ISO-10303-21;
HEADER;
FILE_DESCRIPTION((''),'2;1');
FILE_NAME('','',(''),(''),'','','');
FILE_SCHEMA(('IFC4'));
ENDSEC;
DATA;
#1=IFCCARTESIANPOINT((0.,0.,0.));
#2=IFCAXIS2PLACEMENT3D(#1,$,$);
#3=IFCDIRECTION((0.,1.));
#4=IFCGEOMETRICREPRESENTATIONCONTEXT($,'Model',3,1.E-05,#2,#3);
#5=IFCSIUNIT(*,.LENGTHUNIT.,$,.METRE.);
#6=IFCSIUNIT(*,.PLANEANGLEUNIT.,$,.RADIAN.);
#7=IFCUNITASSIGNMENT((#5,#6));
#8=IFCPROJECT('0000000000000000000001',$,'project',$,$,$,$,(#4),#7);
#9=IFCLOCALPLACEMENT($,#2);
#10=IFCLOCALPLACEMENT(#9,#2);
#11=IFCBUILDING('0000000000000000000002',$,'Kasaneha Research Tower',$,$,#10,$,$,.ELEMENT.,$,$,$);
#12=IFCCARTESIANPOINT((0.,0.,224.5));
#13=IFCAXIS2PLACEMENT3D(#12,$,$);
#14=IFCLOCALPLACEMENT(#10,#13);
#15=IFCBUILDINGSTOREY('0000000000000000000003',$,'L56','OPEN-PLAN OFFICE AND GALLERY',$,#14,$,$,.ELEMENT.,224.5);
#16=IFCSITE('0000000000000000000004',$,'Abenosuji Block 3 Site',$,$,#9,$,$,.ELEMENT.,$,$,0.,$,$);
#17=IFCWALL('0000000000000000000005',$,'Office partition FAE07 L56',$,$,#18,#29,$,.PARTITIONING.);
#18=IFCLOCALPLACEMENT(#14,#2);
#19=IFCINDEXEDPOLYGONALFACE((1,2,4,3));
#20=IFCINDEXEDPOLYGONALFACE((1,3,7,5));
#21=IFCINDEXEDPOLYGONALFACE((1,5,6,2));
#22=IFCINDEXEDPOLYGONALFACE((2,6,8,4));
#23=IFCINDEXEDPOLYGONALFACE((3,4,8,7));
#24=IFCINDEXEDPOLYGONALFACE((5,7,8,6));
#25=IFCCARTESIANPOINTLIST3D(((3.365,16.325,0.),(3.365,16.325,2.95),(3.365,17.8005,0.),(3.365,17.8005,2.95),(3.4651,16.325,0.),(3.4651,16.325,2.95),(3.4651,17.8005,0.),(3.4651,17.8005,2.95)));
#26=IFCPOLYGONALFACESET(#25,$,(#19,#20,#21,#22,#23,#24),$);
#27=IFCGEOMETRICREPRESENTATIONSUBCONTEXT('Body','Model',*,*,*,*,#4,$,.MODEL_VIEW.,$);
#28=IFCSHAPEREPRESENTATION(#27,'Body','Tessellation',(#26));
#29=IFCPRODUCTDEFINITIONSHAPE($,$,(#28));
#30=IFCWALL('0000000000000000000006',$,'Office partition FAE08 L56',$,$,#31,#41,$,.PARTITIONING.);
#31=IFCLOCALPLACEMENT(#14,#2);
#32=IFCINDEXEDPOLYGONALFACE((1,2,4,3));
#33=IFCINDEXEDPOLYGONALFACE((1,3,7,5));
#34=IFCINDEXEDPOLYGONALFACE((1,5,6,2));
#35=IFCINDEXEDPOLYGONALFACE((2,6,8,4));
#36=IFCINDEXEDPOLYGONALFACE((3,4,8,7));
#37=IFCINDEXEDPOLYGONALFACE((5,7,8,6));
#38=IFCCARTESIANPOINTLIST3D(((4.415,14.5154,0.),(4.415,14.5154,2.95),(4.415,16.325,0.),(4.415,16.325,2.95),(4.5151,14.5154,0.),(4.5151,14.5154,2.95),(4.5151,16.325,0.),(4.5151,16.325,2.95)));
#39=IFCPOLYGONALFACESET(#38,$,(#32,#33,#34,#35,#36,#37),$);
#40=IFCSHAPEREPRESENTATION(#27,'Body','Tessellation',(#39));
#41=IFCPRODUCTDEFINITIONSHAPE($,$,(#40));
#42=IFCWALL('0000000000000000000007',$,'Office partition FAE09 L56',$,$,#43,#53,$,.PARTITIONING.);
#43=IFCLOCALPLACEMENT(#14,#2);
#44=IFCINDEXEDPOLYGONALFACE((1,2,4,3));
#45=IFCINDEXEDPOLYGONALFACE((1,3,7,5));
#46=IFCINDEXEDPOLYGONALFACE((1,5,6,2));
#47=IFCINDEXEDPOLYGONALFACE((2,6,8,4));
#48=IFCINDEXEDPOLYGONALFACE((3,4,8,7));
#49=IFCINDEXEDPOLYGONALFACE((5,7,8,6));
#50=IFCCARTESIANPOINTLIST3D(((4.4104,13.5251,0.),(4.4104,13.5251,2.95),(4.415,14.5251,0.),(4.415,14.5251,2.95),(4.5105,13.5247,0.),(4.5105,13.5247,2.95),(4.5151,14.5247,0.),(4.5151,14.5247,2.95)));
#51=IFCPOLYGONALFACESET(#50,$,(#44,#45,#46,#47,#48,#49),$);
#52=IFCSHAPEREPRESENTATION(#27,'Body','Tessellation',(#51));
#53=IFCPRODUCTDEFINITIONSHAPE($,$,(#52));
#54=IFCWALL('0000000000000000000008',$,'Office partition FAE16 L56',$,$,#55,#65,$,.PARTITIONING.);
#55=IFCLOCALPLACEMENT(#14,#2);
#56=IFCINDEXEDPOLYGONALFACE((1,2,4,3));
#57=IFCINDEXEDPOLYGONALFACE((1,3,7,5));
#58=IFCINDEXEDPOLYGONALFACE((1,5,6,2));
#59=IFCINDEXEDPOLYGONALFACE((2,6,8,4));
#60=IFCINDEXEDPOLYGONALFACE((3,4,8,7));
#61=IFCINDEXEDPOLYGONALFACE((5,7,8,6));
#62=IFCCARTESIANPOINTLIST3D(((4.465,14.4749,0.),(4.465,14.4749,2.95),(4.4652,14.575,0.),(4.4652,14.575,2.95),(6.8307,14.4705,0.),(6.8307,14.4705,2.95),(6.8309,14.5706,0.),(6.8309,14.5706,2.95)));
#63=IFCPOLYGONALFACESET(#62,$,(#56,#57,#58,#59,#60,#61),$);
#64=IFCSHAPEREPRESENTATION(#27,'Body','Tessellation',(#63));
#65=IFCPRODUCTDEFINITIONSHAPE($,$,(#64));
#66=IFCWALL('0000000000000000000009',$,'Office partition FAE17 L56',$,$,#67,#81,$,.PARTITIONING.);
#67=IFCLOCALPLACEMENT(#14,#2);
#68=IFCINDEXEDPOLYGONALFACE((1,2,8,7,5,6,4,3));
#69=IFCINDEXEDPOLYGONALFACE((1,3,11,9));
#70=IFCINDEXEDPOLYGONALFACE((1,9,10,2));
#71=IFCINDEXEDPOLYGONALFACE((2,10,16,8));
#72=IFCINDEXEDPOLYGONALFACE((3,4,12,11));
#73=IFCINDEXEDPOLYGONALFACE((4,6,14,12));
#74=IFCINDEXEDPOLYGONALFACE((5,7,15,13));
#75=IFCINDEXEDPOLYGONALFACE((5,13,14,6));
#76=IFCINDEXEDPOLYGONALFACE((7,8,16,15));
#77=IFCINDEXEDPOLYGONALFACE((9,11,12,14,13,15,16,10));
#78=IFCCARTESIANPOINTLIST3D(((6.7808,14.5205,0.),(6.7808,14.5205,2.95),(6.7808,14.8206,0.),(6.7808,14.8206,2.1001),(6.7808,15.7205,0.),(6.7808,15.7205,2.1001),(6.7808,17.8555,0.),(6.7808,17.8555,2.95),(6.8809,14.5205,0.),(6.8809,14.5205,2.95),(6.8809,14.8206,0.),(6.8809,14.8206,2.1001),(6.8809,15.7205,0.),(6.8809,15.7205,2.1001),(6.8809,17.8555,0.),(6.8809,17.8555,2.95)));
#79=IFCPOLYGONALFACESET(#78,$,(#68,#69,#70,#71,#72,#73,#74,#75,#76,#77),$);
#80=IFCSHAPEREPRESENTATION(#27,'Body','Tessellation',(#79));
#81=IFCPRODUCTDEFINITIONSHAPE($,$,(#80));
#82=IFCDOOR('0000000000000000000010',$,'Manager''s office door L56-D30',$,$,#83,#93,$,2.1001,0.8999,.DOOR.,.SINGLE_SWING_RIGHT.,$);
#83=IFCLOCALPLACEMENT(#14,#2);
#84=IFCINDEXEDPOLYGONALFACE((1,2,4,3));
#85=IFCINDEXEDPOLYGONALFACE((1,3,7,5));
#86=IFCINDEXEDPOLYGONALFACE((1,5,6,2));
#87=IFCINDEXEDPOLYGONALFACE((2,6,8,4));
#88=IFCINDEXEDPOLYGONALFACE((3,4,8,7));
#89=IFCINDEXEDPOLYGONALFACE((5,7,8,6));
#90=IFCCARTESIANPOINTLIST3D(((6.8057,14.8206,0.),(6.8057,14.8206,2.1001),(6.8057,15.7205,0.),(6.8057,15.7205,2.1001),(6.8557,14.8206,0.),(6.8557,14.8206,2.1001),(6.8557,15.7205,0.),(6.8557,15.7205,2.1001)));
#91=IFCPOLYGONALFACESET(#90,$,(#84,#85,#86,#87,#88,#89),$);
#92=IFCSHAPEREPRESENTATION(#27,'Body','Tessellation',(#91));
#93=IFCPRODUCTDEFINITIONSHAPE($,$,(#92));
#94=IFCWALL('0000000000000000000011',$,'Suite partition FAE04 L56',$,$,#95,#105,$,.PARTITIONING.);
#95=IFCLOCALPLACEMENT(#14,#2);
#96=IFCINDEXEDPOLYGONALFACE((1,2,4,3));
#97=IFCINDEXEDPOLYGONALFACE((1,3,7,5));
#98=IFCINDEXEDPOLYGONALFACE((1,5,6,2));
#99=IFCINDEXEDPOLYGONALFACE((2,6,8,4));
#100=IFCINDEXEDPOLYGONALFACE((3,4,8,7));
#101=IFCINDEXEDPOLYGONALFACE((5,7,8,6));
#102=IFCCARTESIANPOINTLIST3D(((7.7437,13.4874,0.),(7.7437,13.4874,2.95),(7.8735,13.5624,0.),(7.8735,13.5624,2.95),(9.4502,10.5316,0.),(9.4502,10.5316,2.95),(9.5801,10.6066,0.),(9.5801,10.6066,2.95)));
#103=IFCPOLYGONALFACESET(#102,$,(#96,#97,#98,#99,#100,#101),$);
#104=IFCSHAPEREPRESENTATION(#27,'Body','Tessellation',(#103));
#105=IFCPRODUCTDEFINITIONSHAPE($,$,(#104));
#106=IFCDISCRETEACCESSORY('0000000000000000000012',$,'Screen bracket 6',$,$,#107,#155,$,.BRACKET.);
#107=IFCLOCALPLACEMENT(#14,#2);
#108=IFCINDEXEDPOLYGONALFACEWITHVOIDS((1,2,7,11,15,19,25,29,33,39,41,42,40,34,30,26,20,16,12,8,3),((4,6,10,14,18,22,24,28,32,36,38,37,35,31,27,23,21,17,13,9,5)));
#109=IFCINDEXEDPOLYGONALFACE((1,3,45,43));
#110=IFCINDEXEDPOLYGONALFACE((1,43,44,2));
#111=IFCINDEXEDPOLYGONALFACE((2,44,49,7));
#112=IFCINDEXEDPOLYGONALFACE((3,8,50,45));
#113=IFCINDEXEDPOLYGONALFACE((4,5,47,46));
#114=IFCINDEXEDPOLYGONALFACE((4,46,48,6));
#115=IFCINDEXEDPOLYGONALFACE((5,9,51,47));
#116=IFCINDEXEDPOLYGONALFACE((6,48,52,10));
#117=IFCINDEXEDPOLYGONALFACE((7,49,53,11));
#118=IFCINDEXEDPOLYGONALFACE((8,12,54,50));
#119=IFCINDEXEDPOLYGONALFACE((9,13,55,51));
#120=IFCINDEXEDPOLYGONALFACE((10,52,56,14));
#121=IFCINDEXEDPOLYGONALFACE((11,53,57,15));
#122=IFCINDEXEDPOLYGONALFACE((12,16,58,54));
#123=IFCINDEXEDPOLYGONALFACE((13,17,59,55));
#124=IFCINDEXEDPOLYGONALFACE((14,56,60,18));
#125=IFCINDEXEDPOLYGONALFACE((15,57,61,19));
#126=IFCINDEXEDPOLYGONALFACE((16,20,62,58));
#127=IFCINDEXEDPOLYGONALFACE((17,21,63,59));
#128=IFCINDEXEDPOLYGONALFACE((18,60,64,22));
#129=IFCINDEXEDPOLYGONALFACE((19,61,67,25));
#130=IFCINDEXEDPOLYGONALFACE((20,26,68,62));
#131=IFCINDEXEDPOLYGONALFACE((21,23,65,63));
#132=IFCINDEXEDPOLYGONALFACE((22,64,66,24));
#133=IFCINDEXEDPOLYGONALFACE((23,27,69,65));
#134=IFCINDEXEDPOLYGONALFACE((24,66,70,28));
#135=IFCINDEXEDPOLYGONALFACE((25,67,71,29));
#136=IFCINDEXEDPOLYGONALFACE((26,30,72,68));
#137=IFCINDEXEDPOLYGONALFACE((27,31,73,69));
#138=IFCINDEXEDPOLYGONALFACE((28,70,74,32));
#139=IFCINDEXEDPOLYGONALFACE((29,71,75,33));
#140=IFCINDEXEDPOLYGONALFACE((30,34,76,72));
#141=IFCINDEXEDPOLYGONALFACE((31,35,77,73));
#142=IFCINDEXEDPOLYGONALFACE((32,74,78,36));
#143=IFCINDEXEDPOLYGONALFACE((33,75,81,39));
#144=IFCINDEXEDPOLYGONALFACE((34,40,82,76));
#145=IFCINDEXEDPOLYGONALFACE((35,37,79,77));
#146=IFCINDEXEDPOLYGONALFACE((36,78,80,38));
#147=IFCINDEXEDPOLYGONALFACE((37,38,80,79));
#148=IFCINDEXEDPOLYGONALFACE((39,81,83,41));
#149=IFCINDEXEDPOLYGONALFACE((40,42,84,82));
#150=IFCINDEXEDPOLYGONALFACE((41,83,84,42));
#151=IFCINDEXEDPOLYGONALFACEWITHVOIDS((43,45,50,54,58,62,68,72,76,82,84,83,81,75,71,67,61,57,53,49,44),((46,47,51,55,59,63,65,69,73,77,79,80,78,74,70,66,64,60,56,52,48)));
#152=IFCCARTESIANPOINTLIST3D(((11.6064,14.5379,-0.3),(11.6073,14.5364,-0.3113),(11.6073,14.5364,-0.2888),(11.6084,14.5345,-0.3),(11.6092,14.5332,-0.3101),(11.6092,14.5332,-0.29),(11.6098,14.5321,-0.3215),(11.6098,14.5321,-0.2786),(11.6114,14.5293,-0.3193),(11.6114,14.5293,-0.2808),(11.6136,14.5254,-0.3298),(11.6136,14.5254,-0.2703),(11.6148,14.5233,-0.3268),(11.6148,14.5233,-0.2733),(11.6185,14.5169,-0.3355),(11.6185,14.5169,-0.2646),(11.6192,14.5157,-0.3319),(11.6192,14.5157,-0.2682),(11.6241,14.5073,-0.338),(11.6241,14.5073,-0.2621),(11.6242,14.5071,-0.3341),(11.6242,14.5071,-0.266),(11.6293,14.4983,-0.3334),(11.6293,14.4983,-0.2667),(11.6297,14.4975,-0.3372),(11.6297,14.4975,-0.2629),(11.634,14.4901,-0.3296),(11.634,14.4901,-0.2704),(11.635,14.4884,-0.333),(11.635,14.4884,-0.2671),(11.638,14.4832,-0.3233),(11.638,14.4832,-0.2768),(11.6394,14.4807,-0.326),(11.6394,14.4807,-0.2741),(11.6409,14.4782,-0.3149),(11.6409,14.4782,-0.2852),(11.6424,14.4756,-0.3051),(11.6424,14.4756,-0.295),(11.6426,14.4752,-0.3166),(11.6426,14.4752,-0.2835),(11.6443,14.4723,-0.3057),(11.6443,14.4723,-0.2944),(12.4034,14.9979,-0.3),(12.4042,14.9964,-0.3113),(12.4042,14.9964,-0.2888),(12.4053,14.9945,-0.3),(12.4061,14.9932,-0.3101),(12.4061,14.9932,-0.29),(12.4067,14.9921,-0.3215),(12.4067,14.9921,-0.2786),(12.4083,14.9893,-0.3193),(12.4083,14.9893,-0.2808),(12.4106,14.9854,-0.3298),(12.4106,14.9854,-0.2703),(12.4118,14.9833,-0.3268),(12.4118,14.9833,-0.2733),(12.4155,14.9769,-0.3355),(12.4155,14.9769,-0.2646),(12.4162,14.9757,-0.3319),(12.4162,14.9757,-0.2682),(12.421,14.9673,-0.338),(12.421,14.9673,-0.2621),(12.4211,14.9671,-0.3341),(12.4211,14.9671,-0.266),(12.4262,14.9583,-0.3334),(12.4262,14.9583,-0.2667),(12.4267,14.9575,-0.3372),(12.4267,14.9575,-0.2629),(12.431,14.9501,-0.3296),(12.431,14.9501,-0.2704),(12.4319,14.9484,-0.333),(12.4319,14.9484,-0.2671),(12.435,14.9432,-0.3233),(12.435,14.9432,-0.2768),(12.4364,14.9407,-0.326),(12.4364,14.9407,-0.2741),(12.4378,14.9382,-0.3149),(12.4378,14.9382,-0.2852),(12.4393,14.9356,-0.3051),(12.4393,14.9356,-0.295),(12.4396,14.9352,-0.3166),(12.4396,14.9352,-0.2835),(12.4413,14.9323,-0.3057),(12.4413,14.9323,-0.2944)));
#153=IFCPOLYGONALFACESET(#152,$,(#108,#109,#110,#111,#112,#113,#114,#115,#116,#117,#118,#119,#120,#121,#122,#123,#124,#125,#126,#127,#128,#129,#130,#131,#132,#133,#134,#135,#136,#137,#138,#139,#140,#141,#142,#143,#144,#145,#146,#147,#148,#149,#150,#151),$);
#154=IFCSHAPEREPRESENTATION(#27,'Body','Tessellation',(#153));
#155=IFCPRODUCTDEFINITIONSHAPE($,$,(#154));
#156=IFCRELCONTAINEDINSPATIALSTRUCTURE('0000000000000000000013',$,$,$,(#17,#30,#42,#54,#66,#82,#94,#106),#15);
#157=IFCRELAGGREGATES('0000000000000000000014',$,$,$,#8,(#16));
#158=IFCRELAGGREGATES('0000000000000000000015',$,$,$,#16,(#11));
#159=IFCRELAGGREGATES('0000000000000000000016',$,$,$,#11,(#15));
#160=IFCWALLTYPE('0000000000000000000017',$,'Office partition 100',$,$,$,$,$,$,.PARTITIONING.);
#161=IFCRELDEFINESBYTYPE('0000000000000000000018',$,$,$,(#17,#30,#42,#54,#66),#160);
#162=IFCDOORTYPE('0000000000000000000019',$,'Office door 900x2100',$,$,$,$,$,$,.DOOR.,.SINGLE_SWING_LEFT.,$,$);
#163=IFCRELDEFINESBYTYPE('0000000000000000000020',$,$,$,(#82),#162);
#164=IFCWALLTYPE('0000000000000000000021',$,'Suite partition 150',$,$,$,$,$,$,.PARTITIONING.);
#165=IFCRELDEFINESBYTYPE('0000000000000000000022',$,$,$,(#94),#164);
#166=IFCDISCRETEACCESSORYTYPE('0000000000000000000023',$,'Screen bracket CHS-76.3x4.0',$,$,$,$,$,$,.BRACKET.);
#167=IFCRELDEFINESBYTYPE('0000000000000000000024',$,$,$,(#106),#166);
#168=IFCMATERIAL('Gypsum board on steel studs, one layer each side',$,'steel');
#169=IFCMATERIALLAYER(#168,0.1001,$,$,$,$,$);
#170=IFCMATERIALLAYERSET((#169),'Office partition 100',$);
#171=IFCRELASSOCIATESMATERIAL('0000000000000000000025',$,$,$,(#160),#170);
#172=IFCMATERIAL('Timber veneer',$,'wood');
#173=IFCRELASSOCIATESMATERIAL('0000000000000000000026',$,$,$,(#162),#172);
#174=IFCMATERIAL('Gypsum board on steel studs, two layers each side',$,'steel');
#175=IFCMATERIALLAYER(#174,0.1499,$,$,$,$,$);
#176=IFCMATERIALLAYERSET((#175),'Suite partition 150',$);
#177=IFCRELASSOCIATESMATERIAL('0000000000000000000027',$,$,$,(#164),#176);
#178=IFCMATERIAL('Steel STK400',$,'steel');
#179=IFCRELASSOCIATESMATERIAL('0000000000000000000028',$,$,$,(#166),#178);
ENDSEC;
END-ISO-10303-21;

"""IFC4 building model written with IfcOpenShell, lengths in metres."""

from ifc_helpers import new_model, si_unit, direction, frame, frame_2d, origin, origin_2d, place, context, subcontext, project, spatial, rectangle, hollow_circle, extrude, material, layer, layer_set, material_profile, profile_set, type_object, element, fill, save


model = new_model("IFC4")

# Units and contexts
model_context = context("Model", 3, precision=1e-05, world=origin(), true_north=direction((0.0, 1.0)))
body_context = subcontext(model_context, "Body", "Model", "MODEL_VIEW")
ifc_project = project(units=[si_unit("LENGTHUNIT", "METRE"), si_unit("PLANEANGLEUNIT", "RADIAN")], contexts=[model_context])

# Site, building, storey
site_placement = place(None, origin())
site = spatial("IfcSite", under=ifc_project, at=site_placement, Name="Abenosuji Block 3 Site", CompositionType="ELEMENT", RefElevation=0.0)
building_placement = place(site_placement, origin())
building = spatial("IfcBuilding", under=site, at=building_placement, Name="Kasaneha Research Tower", CompositionType="ELEMENT")
storey_placement = place(building_placement, frame((0.0, 0.0, 224.5)))
storey = spatial("IfcBuildingStorey", under=building, at=storey_placement, Name="L56", Description="OPEN-PLAN OFFICE AND GALLERY", CompositionType="ELEMENT", Elevation=224.5)

# Walls
ifc_material_1 = material(Name="Gypsum board on steel studs, one layer each side", Category="steel")
ifc_layer_1 = layer(ifc_material_1, 0.1001)
ifc_layer_set_1 = layer_set([ifc_layer_1], Name="Office partition 100")
wall_type_1 = type_object("IfcWallType", Name="Office partition 100", PredefinedType="PARTITIONING", material=ifc_layer_set_1)
wall_1_placement = place(storey_placement, frame((3.415, 17.8005, 0.0), z_axis=(0.0, 0.0, 1.0), x_axis=(0.0, -1.0, 0.0)))
element("IfcWall", 1, at=wall_1_placement, inside=storey, type_object=wall_type_1, Name="Office partition FAE07 L56", PredefinedType="PARTITIONING", context=body_context, shape_type="SweptSolid", body=[
    extrude(rectangle(XDim=1.4756, YDim=0.1001, at=frame_2d((0.7378, 0.0))), origin(), (0.0, 0.0, 1.0), 2.95),
])
wall_2_placement = place(storey_placement, frame((4.4651, 16.325, 0.0), z_axis=(0.0, 0.0, 1.0), x_axis=(0.0, -1.0, 0.0)))
element("IfcWall", 2, at=wall_2_placement, inside=storey, type_object=wall_type_1, Name="Office partition FAE08 L56", PredefinedType="PARTITIONING", context=body_context, shape_type="SweptSolid", body=[
    extrude(rectangle(XDim=1.8096, YDim=0.1001, at=frame_2d((0.9048, 0.0))), origin(), (0.0, 0.0, 1.0), 2.95),
])
wall_3_placement = place(storey_placement, frame((4.4651, 14.5249, 0.0), z_axis=(0.0, 0.0, 1.0), x_axis=(-0.004639, -0.999989, 0.0)))
element("IfcWall", 3, at=wall_3_placement, inside=storey, type_object=wall_type_1, Name="Office partition FAE09 L56", PredefinedType="PARTITIONING", context=body_context, shape_type="SweptSolid", body=[
    extrude(rectangle(XDim=1.0, YDim=0.1001, at=frame_2d((0.5, 0.0))), origin(), (0.0, 0.0, 1.0), 2.95),
])
wall_4_placement = place(storey_placement, frame((6.8308, 14.5205, 0.0), z_axis=(0.0, 0.0, 1.0), x_axis=(-0.999998, 0.001858, 0.0)))
element("IfcWall", 4, at=wall_4_placement, inside=storey, type_object=wall_type_1, Name="Office partition FAE16 L56", PredefinedType="PARTITIONING", context=body_context, shape_type="SweptSolid", body=[
    extrude(rectangle(XDim=2.3657, YDim=0.1001, at=frame_2d((1.1829, 0.0))), origin(), (0.0, 0.0, 1.0), 2.95),
])

# Wall, opening, door
wall_5_placement = place(storey_placement, frame((6.8308, 17.8555, 0.0), z_axis=(0.0, 0.0, 1.0), x_axis=(0.0, -1.0, 0.0)))
wall_5 = element("IfcWall", 5, at=wall_5_placement, inside=storey, type_object=wall_type_1, Name="Office partition FAE17 L56", PredefinedType="PARTITIONING", context=body_context, shape_type="SweptSolid", body=[
    extrude(rectangle(XDim=3.335, YDim=0.1001, at=frame_2d((1.6675, 0.0))), origin(), (0.0, 0.0, 1.0), 2.95),
])
opening_placement = place(wall_5_placement, frame((2.135, 0.0, 0.0)))
opening = element("IfcOpeningElement", 6, at=opening_placement, cuts=wall_5, PredefinedType="OPENING", context=body_context, shape_type="SweptSolid", body=[
    extrude(rectangle(XDim=0.8999, YDim=2.1001, at=frame_2d((0.45, 1.05))), frame((0.0, 0.0601, 0.0), z_axis=(0.0, -1.0, 0.0), x_axis=(1.0, 0.0, 0.0)), (0.0, 0.0, 1.0), 0.1201),
])
ifc_material_2 = material(Name="Timber veneer", Category="wood")
door_type = type_object("IfcDoorType", Name="Office door 900x2100", OperationType="SINGLE_SWING_LEFT", PredefinedType="DOOR", material=ifc_material_2)
door_placement = place(opening_placement, origin())
door = element("IfcDoor", 7, at=door_placement, inside=storey, type_object=door_type, Name="Manager's office door L56-D30", OperationType="SINGLE_SWING_RIGHT", OverallHeight=2.1001, OverallWidth=0.8999, PredefinedType="DOOR", context=body_context, shape_type="SweptSolid", body=[
    extrude(rectangle(XDim=0.8999, YDim=2.1001, at=frame_2d((0.45, 1.05))), frame((0.0, 0.0249, 0.0), z_axis=(0.0, -1.0, 0.0), x_axis=(1.0, 0.0, 0.0)), (0.0, 0.0, 1.0), 0.05),
])
fill(opening, door)

# Wall
ifc_material_3 = material(Name="Gypsum board on steel studs, two layers each side", Category="steel")
ifc_layer_2 = layer(ifc_material_3, 0.1499)
ifc_layer_set_2 = layer_set([ifc_layer_2], Name="Suite partition 150")
wall_type_2 = type_object("IfcWallType", Name="Suite partition 150", PredefinedType="PARTITIONING", material=ifc_layer_set_2)
wall_6_placement = place(storey_placement, frame((7.8086, 13.5249, 0.0), z_axis=(0.0, 0.0, 1.0), x_axis=(0.500001, -0.866025, 0.0)))
element("IfcWall", 8, at=wall_6_placement, inside=storey, type_object=wall_type_2, Name="Suite partition FAE04 L56", PredefinedType="PARTITIONING", context=body_context, shape_type="SweptSolid", body=[
    extrude(rectangle(XDim=3.4131, YDim=0.1499, at=frame_2d((1.7065, 0.0))), origin(), (0.0, 0.0, 1.0), 2.95),
])

# Discrete accessory
ifc_material_4 = material(Name="Steel STK400", Category="steel")
ifc_material_profile_1 = material_profile(ifc_material_4, hollow_circle(Radius=0.0381, WallThickness=0.0039, at=origin_2d()), Name="CHS-76.3x4.0")
ifc_profile_set_1 = profile_set([ifc_material_profile_1], Name="Steel STK400")
discrete_accessory_type = type_object("IfcDiscreteAccessoryType", Name="Screen bracket CHS-76.3x4.0", PredefinedType="BRACKET", material=ifc_profile_set_1)
for number, where, z_axis, x_axis, name in (
    (9, (11.6255, 14.5049, -0.3), (0.86608, 0.499906, 0.0), (-0.499906, 0.86608, 0.0), "Screen bracket 6"),
):
    element("IfcDiscreteAccessory", number, at=place(storey_placement, frame(where, z_axis=z_axis, x_axis=x_axis)), inside=storey, type_object=discrete_accessory_type, Name=name, PredefinedType="BRACKET", context=body_context, shape_type="SweptSolid", body=[
        extrude(hollow_circle(Radius=0.0381, WallThickness=0.0039, at=origin_2d()), origin(), (0.0, 0.0, 1.0), 0.9202),
    ])

save(model, "model.ifc")
